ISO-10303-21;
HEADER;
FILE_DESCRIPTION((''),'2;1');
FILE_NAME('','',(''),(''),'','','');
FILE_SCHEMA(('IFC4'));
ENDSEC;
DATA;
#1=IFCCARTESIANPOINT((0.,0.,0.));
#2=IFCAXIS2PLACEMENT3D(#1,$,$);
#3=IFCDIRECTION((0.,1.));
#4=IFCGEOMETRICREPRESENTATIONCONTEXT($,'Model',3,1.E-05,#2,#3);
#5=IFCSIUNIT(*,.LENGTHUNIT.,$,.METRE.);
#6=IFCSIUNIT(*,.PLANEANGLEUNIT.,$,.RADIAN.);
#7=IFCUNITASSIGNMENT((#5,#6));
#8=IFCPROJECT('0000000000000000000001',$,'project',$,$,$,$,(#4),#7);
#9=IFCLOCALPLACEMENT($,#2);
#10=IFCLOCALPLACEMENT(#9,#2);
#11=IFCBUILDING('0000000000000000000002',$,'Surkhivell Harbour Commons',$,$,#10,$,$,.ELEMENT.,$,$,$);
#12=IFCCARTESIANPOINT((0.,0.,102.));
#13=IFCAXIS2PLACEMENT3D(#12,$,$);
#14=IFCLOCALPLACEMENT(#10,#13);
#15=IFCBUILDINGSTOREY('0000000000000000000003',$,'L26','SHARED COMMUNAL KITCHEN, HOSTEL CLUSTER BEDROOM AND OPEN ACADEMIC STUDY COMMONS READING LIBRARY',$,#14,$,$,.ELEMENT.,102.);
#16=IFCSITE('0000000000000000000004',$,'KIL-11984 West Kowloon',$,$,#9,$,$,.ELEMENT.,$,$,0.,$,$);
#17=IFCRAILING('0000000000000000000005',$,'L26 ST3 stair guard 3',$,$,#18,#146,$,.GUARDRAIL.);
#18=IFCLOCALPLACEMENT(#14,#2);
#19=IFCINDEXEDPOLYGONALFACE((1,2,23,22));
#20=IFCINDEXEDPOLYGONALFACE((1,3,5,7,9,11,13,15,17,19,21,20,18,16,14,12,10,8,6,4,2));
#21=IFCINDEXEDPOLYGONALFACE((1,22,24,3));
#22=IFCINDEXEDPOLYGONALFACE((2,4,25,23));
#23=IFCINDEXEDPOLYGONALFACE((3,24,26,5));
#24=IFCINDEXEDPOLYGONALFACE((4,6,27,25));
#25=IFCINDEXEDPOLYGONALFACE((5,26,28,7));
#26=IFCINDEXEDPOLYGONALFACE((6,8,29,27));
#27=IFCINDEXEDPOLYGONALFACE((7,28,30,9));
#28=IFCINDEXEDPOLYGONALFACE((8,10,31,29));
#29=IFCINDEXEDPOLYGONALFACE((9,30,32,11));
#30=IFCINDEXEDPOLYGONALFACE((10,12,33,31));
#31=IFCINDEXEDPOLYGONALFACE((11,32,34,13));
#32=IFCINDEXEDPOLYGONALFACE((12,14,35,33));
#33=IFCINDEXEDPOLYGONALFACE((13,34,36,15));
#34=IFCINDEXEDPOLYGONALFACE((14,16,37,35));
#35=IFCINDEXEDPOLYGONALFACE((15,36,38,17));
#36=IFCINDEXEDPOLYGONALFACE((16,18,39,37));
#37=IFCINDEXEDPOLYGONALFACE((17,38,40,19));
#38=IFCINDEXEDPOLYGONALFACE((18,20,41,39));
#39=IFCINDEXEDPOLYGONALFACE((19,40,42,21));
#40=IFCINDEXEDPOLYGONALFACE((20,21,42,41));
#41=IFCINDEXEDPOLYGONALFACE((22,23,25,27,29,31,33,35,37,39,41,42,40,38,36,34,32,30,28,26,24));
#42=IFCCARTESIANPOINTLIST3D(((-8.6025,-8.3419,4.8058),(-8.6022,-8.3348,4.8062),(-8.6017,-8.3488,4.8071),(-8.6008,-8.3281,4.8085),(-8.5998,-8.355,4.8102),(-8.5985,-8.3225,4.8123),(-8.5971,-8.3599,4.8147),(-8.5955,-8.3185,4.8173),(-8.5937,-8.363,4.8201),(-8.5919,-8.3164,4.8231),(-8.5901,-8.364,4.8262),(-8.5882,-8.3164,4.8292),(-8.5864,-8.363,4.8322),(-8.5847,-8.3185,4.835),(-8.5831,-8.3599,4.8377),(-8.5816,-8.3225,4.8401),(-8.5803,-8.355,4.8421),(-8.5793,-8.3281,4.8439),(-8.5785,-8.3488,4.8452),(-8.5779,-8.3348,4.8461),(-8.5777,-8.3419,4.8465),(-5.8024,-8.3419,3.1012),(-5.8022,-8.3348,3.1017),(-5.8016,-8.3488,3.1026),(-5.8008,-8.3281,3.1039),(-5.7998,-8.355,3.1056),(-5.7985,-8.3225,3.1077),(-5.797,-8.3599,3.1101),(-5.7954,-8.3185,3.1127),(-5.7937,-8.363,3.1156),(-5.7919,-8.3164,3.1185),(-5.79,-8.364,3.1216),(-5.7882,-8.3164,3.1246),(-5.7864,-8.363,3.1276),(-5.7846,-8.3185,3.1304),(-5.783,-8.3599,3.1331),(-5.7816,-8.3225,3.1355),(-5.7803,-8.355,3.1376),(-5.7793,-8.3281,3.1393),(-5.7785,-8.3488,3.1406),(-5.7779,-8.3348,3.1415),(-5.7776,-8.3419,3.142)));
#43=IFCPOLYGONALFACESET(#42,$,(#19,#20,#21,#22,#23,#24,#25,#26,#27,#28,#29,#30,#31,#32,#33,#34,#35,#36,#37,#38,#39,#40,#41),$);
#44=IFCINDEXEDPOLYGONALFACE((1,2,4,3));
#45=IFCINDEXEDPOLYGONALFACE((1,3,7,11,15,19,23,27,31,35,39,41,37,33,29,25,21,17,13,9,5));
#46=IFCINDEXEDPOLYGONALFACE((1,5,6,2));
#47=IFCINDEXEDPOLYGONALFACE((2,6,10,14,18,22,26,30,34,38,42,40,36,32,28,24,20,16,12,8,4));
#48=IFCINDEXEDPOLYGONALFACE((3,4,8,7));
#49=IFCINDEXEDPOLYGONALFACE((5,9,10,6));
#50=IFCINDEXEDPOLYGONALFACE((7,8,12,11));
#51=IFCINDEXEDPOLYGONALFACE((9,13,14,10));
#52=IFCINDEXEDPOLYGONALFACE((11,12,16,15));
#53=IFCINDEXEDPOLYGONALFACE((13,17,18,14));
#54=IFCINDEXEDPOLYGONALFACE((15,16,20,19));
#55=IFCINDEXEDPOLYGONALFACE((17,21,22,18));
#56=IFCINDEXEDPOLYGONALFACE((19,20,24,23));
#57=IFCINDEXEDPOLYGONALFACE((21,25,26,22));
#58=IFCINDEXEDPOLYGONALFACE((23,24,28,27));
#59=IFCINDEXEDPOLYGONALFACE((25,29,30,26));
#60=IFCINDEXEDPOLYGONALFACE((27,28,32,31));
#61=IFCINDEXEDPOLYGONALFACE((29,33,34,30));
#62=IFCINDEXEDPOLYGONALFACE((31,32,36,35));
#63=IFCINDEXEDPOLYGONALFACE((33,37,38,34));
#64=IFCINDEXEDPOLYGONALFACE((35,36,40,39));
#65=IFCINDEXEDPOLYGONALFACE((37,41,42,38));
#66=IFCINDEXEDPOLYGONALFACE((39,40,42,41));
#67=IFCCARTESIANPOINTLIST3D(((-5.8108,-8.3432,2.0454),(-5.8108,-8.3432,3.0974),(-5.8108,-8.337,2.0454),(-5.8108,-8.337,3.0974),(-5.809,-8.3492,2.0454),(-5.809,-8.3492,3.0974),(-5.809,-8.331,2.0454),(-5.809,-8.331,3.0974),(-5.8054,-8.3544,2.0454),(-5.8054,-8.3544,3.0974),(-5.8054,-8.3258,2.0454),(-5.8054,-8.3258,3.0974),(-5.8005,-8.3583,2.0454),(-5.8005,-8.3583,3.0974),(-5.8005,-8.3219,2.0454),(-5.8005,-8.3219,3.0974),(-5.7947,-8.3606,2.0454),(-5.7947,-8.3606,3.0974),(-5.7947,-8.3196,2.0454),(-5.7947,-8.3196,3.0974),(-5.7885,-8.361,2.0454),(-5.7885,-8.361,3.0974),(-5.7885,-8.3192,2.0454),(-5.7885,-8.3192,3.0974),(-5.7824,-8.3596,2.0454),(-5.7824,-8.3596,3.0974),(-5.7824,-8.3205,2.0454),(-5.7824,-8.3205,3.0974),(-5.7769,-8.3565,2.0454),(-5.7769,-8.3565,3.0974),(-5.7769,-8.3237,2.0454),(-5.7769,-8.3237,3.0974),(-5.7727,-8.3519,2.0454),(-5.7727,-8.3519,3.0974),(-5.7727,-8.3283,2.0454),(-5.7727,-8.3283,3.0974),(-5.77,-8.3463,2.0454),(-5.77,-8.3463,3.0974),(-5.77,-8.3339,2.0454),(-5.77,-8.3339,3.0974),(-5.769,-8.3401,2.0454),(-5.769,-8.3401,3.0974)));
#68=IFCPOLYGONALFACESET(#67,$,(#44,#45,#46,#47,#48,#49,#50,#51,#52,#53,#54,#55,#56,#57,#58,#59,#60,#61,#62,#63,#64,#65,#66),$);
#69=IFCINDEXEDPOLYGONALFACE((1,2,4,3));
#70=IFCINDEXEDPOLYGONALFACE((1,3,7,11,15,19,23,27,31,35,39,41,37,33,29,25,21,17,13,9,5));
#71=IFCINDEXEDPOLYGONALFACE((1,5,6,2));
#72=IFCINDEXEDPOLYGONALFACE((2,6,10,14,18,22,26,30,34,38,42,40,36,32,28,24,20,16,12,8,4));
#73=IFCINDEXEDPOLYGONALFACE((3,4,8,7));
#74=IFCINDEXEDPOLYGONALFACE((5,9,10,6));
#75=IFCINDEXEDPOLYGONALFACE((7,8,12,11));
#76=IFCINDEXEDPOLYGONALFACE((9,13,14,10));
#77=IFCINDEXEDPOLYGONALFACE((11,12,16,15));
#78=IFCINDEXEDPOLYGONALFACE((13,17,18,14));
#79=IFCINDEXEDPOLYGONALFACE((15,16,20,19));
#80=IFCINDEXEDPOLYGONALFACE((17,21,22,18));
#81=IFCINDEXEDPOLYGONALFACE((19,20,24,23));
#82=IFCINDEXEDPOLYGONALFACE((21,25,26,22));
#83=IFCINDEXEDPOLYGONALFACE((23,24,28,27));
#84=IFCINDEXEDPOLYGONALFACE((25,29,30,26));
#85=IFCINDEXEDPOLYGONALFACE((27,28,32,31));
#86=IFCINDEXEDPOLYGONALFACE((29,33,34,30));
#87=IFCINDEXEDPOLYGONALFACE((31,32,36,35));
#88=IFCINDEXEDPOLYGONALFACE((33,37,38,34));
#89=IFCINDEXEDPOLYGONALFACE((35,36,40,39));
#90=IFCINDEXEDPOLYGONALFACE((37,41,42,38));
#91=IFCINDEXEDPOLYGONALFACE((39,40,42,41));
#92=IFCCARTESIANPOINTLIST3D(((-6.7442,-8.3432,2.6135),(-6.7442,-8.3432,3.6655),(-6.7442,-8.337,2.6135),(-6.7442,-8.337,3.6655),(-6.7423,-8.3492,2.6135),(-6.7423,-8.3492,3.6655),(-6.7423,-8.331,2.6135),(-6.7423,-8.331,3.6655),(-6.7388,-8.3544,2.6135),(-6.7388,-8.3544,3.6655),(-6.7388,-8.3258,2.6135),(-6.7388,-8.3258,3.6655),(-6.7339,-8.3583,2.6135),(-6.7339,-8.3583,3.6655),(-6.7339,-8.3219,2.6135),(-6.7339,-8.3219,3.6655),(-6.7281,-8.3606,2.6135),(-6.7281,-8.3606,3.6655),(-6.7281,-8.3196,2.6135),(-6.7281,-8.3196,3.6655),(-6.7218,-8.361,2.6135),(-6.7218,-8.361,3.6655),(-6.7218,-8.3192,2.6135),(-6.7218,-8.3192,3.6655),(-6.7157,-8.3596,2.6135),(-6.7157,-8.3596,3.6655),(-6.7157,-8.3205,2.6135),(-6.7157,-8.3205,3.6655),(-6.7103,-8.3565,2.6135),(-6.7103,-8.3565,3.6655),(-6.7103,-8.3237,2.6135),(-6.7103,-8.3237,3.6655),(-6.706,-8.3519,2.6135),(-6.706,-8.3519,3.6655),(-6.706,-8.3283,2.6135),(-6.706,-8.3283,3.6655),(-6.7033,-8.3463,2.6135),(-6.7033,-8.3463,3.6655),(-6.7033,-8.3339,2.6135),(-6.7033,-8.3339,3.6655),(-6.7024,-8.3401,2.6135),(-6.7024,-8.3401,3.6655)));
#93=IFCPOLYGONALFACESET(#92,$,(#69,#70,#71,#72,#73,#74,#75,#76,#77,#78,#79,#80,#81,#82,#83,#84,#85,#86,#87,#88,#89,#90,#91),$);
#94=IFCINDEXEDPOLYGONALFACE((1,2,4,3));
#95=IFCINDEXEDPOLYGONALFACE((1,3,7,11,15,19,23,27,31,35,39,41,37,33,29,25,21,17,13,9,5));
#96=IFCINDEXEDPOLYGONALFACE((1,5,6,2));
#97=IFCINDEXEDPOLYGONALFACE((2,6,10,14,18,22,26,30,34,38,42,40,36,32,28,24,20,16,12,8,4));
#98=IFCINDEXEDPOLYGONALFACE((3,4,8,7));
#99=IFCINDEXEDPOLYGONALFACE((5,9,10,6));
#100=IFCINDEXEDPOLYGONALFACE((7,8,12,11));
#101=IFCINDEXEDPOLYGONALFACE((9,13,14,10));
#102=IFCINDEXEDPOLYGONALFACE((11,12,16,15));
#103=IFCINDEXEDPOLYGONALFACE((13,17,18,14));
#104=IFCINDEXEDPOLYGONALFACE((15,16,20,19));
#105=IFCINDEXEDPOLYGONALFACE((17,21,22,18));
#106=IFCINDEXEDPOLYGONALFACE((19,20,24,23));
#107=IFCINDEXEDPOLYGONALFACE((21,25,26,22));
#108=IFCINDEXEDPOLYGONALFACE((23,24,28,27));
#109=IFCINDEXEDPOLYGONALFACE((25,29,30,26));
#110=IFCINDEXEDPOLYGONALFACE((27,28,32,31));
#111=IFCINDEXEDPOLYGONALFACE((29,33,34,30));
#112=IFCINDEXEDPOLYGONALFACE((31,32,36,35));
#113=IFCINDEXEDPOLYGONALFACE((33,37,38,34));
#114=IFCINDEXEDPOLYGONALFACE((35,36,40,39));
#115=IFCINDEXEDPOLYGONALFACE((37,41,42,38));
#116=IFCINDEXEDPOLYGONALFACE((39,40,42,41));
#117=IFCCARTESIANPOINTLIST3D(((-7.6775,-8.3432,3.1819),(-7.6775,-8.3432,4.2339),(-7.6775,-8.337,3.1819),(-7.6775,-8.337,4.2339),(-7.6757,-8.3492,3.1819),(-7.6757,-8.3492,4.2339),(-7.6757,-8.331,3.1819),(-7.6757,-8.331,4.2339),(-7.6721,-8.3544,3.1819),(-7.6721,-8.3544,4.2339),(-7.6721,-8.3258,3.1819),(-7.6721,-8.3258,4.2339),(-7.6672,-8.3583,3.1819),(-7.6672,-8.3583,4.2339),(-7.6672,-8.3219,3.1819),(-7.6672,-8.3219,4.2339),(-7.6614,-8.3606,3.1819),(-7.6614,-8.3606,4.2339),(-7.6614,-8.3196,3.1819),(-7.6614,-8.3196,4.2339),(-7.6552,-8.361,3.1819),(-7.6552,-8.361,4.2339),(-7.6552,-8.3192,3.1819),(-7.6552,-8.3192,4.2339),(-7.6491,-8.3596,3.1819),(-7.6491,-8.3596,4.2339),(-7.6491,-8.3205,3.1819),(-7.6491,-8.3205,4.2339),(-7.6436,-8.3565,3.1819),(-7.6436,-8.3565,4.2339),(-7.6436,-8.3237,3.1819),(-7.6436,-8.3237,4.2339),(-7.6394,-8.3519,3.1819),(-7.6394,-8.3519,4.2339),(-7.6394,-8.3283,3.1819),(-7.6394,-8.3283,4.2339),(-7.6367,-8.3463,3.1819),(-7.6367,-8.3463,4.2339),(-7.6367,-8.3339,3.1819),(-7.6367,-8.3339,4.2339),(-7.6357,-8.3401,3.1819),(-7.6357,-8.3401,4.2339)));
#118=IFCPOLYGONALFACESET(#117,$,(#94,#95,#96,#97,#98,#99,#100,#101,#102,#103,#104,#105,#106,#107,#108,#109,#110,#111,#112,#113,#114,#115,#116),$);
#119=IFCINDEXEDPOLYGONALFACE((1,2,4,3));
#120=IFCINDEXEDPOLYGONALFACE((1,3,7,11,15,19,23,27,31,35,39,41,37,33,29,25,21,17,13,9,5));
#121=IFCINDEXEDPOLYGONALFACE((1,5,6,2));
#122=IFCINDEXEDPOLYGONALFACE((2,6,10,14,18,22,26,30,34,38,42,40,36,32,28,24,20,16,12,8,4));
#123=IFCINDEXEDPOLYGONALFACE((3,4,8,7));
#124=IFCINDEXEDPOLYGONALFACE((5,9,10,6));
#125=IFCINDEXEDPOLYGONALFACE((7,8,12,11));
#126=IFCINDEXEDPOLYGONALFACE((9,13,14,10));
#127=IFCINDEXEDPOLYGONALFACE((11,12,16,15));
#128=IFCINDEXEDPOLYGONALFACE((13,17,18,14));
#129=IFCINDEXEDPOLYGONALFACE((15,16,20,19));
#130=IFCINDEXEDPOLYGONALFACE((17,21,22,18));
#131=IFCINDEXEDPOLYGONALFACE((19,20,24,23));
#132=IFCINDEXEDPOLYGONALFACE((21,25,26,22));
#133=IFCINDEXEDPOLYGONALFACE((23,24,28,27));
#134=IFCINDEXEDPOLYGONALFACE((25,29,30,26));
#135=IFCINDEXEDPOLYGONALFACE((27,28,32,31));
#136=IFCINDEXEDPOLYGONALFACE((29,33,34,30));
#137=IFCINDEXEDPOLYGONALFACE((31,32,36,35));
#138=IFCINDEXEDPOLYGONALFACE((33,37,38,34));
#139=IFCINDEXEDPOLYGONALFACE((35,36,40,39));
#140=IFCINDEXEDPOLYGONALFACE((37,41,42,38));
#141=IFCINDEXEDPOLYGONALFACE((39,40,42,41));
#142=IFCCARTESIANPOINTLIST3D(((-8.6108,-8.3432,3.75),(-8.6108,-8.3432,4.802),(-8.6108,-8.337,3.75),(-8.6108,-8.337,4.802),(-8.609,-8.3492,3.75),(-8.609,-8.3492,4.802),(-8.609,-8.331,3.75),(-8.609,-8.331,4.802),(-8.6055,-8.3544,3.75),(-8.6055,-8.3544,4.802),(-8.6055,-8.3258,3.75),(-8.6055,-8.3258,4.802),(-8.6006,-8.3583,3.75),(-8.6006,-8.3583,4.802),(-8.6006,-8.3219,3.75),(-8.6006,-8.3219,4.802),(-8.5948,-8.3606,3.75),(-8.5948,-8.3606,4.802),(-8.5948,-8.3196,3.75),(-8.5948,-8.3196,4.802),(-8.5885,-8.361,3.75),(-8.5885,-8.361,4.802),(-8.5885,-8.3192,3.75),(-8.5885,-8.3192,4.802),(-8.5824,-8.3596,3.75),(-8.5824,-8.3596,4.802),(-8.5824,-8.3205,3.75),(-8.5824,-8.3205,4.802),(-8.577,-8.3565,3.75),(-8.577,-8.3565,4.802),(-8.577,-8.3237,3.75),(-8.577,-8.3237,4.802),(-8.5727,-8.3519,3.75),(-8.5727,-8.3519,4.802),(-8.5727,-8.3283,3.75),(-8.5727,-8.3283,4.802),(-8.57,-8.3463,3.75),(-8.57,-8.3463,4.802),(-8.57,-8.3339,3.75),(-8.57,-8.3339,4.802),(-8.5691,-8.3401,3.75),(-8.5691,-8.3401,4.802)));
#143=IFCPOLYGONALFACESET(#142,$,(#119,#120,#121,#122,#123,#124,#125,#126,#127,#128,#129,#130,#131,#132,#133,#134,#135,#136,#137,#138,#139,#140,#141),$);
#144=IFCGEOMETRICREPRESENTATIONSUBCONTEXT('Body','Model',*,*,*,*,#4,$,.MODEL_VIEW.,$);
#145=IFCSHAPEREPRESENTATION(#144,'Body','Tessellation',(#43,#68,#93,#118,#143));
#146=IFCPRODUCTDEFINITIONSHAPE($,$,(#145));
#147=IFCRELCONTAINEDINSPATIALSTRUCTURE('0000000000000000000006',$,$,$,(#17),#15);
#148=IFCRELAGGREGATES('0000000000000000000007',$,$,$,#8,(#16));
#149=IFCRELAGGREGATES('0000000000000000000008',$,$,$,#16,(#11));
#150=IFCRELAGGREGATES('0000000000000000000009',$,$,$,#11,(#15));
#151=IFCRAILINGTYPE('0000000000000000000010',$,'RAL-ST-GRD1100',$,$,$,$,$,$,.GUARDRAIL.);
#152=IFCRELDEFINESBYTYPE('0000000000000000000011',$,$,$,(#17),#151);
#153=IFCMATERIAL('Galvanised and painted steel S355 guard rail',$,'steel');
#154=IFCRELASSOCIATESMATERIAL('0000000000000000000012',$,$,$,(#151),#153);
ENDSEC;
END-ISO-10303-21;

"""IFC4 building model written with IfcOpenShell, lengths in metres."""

from ifc_helpers import new_model, si_unit, direction, frame, origin, origin_2d, place, context, subcontext, project, spatial, circle, extrude, material, type_object, element, save


model = new_model("IFC4")

# Units and contexts
model_context = context("Model", 3, precision=1e-05, world=origin(), true_north=direction((0.0, 1.0)))
body_context = subcontext(model_context, "Body", "Model", "MODEL_VIEW")
ifc_project = project(units=[si_unit("LENGTHUNIT", "METRE"), si_unit("PLANEANGLEUNIT", "RADIAN")], contexts=[model_context])

# Site, building, storey
site_placement = place(None, origin())
site = spatial("IfcSite", under=ifc_project, at=site_placement, Name="KIL-11984 West Kowloon", CompositionType="ELEMENT", RefElevation=0.0)
building_placement = place(site_placement, origin())
building = spatial("IfcBuilding", under=site, at=building_placement, Name="Surkhivell Harbour Commons", CompositionType="ELEMENT")
storey_placement = place(building_placement, frame((0.0, 0.0, 102.0)))
storey = spatial("IfcBuildingStorey", under=building, at=storey_placement, Name="L26", Description="SHARED COMMUNAL KITCHEN, HOSTEL CLUSTER BEDROOM AND OPEN ACADEMIC STUDY COMMONS READING LIBRARY", CompositionType="ELEMENT", Elevation=102.0)

# Railing
ifc_material_1 = material(Name="Galvanised and painted steel S355 guard rail", Category="steel")
railing_type_1 = type_object("IfcRailingType", Name="RAL-ST-GRD1100", PredefinedType="GUARDRAIL", material=ifc_material_1)
railing_1_placement = place(storey_placement, frame((-5.79, -8.3401, 2.0454)))
element("IfcRailing", 1, at=railing_1_placement, inside=storey, type_object=railing_type_1, Name="L26 ST3 stair guard 3", PredefinedType="GUARDRAIL", context=body_context, shape_type="SweptSolid", body=[
    extrude(circle(Radius=0.0239, at=origin_2d()), frame((0.0, 0.0, 1.0762), z_axis=(-0.85417, 0.0, 0.519994), x_axis=(0.0, -1.0, 0.0)), (0.0, 0.0, 1.0), 3.2781),
    extrude(circle(Radius=0.021, at=origin_2d()), origin(), (0.0, 0.0, 1.0), 1.052),
    extrude(circle(Radius=0.021, at=origin_2d()), frame((-0.9333, 0.0, 0.5681)), (0.0, 0.0, 1.0), 1.052),
    extrude(circle(Radius=0.021, at=origin_2d()), frame((-1.8667, 0.0, 1.1365)), (0.0, 0.0, 1.0), 1.052),
    extrude(circle(Radius=0.021, at=origin_2d()), frame((-2.8, 0.0, 1.7046)), (0.0, 0.0, 1.0), 1.052),
])

save(model, "model.ifc")
